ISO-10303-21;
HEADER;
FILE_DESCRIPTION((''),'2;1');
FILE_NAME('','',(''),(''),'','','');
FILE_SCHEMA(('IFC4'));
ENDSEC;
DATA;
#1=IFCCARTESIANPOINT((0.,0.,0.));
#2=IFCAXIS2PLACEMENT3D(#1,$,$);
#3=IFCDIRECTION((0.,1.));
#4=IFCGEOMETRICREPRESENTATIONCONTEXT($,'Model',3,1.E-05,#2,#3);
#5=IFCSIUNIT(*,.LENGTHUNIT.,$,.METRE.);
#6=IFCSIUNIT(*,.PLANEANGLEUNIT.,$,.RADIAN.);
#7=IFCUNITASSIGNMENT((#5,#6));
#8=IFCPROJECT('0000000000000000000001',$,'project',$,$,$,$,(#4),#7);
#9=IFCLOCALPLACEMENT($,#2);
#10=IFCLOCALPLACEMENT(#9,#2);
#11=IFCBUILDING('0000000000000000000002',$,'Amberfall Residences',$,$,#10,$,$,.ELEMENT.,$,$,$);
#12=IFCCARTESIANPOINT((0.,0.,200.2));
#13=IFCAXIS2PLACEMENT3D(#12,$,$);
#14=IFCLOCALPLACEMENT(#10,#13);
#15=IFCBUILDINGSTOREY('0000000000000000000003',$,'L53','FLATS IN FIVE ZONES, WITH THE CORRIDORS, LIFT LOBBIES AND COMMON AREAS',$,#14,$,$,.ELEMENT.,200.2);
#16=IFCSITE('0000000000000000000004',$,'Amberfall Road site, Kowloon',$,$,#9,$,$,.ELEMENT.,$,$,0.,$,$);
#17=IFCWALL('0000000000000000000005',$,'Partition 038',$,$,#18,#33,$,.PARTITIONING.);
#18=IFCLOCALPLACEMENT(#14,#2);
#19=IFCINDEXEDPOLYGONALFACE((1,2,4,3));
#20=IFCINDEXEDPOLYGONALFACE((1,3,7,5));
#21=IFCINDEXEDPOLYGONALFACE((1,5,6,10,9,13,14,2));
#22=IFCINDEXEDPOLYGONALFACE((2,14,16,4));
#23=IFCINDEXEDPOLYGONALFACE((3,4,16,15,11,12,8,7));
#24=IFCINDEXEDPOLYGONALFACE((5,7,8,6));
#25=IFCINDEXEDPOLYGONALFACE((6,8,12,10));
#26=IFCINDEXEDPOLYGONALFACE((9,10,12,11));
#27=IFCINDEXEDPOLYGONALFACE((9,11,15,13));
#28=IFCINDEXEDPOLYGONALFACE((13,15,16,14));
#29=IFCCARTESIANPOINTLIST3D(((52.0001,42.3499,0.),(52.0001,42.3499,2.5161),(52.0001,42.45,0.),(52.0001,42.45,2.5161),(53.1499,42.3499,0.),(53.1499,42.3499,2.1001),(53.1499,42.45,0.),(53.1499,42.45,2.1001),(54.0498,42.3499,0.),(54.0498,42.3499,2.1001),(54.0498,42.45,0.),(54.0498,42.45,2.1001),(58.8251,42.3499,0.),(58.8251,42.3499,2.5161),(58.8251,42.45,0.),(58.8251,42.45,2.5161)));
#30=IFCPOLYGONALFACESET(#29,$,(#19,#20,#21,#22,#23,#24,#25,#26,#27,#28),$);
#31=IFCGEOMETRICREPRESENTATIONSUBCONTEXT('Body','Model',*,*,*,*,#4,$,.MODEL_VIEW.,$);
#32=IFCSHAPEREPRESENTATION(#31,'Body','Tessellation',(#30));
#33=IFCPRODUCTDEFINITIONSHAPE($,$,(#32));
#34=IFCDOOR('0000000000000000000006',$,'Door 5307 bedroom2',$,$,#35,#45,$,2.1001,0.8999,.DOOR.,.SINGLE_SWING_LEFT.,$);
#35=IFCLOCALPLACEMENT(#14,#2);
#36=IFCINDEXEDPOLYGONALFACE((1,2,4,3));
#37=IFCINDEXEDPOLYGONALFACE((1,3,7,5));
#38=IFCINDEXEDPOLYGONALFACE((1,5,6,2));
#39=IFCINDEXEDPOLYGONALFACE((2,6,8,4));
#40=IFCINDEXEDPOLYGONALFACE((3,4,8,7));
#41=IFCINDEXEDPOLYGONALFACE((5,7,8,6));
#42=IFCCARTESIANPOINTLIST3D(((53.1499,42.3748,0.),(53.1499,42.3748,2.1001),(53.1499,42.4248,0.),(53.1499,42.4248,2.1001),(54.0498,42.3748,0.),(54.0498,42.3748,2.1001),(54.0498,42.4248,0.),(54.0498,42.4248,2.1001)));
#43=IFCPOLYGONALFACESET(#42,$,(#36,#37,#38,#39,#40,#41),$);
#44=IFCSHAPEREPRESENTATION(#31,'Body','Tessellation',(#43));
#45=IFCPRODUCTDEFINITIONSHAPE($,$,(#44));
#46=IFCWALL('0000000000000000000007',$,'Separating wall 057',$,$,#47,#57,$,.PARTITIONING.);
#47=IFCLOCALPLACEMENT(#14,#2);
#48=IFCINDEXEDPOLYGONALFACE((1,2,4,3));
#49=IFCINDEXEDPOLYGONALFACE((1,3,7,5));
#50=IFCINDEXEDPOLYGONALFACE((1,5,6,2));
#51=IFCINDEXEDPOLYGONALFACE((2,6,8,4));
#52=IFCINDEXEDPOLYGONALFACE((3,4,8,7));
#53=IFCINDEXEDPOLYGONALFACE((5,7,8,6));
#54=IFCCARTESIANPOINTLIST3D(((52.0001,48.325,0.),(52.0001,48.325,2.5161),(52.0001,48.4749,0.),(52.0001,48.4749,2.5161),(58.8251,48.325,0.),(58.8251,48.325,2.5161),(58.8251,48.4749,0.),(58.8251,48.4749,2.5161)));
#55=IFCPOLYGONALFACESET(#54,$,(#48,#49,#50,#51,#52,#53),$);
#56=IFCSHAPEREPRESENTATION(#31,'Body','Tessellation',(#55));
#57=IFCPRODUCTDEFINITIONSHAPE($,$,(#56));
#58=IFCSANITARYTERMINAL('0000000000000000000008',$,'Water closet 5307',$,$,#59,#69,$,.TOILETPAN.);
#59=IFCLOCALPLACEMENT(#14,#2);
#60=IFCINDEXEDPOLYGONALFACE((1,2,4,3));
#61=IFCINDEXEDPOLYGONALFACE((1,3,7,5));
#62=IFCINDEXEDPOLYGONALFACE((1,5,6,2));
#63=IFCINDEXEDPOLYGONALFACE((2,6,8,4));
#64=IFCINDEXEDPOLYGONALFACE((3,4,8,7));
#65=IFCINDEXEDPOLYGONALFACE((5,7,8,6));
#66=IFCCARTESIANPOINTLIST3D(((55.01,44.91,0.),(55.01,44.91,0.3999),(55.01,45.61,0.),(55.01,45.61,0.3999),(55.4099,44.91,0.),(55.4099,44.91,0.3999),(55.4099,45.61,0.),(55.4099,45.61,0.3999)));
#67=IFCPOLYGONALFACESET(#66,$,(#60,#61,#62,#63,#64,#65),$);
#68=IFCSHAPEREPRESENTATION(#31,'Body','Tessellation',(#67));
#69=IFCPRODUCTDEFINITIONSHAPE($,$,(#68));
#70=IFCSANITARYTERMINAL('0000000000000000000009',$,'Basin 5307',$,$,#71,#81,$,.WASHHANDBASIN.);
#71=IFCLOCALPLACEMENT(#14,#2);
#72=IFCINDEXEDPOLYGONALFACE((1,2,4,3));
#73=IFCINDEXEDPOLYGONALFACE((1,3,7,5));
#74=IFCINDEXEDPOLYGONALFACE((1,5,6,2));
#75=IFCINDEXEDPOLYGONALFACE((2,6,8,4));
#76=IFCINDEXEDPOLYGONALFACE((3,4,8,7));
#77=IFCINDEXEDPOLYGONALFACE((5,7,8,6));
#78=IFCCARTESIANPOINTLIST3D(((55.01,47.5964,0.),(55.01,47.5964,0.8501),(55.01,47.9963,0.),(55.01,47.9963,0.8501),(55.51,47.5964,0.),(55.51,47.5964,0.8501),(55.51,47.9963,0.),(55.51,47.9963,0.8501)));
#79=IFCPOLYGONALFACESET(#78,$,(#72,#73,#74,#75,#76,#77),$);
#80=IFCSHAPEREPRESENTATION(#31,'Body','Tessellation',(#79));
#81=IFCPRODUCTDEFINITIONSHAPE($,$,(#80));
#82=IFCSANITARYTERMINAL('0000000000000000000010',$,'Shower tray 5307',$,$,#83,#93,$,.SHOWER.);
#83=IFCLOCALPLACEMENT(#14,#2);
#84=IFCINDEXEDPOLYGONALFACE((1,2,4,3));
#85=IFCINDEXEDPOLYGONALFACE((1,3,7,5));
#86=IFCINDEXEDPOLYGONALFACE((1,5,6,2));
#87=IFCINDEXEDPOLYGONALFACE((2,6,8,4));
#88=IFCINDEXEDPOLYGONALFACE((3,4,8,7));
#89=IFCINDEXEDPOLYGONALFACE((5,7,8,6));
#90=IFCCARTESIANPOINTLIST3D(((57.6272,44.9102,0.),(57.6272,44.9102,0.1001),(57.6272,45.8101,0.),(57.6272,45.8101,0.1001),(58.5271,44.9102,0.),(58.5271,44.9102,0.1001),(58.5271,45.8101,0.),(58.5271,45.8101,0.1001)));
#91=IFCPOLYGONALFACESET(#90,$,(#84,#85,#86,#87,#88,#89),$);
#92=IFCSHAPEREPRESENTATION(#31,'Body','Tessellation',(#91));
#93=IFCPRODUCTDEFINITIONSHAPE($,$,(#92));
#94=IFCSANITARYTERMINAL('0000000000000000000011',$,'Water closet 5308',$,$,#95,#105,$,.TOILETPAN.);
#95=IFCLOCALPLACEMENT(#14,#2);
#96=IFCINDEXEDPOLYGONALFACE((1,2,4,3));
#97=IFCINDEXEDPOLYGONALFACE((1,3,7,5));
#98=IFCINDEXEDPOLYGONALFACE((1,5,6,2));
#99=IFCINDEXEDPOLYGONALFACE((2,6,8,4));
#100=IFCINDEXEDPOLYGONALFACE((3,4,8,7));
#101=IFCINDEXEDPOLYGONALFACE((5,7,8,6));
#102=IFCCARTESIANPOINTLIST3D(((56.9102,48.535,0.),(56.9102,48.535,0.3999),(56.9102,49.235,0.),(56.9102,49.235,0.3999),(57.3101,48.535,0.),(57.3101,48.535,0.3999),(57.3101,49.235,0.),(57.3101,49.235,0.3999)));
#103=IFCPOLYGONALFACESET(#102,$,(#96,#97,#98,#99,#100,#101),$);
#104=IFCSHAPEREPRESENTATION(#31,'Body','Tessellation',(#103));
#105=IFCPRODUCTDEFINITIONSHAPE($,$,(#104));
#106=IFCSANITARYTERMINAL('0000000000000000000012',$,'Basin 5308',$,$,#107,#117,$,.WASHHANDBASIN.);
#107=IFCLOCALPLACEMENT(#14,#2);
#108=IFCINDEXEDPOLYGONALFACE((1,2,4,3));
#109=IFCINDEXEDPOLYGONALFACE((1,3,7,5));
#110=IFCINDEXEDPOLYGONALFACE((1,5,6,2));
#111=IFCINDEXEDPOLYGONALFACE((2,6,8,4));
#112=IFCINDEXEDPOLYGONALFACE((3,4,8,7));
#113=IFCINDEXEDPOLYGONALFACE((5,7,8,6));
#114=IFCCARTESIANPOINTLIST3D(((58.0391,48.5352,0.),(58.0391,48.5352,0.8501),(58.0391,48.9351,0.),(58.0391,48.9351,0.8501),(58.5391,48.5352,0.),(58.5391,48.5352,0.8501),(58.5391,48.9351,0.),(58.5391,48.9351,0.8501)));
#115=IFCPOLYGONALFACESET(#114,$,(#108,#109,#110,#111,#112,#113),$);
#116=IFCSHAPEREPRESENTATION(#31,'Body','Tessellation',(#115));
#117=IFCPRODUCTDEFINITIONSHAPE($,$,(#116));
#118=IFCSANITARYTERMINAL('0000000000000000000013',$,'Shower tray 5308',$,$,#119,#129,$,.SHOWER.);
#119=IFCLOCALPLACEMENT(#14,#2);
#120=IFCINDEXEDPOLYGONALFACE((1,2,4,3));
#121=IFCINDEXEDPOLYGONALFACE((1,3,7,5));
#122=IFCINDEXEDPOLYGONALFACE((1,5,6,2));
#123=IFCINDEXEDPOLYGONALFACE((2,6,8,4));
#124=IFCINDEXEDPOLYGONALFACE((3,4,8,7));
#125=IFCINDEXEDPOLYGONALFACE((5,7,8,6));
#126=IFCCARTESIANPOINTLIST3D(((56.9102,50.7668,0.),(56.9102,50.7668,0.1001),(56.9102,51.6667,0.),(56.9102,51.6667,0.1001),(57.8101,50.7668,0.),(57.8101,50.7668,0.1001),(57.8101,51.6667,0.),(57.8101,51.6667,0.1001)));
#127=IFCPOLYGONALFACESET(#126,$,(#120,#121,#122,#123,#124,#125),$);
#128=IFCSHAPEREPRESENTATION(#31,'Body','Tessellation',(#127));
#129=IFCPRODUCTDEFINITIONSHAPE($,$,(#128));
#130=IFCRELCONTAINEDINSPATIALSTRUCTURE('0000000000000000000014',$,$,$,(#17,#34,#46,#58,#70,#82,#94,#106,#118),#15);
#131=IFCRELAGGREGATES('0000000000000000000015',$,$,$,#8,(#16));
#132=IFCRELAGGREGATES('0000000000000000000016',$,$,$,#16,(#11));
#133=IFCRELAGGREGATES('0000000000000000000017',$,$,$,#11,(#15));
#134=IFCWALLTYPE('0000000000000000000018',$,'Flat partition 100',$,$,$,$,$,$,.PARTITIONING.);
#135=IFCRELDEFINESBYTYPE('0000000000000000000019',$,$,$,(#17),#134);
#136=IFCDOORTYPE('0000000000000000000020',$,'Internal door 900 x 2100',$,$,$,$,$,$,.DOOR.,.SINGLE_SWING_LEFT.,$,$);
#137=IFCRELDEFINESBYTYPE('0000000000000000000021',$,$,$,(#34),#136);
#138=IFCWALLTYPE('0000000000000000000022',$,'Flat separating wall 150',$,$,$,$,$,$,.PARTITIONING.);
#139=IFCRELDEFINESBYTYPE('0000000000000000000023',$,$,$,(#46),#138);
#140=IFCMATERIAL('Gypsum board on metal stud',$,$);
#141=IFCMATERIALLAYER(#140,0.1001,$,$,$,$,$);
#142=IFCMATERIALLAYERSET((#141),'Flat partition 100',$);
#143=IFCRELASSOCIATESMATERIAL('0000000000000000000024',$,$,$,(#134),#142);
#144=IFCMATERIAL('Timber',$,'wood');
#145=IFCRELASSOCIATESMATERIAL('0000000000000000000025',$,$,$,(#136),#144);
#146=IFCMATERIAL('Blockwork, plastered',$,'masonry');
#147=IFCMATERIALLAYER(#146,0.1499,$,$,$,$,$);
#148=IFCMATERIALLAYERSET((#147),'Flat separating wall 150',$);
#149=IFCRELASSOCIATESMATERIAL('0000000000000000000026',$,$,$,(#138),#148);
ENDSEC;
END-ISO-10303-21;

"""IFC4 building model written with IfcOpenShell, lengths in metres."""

from ifc_helpers import new_model, si_unit, direction, frame, frame_2d, origin, origin_2d, place, context, subcontext, project, spatial, rectangle, extrude, material, layer, layer_set, type_object, element, fill, save


model = new_model("IFC4")

# Units and contexts
model_context = context("Model", 3, precision=1e-05, world=origin(), true_north=direction((0.0, 1.0)))
body_context = subcontext(model_context, "Body", "Model", "MODEL_VIEW")
ifc_project = project(units=[si_unit("LENGTHUNIT", "METRE"), si_unit("PLANEANGLEUNIT", "RADIAN")], contexts=[model_context])

# Site, building, storey
site_placement = place(None, origin())
site = spatial("IfcSite", under=ifc_project, at=site_placement, Name="Amberfall Road site, Kowloon", CompositionType="ELEMENT", RefElevation=0.0)
building_placement = place(site_placement, origin())
building = spatial("IfcBuilding", under=site, at=building_placement, Name="Amberfall Residences", CompositionType="ELEMENT")
storey_placement = place(building_placement, frame((0.0, 0.0, 200.2)))
storey = spatial("IfcBuildingStorey", under=building, at=storey_placement, Name="L53", Description="FLATS IN FIVE ZONES, WITH THE CORRIDORS, LIFT LOBBIES AND COMMON AREAS", CompositionType="ELEMENT", Elevation=200.2)

# Shared definitions
ifc_material_1 = material(Name="Gypsum board on metal stud")
ifc_layer_1 = layer(ifc_material_1, 0.1001)
ifc_layer_set_1 = layer_set([ifc_layer_1], Name="Flat partition 100")
wall_type_1 = type_object("IfcWallType", Name="Flat partition 100", PredefinedType="PARTITIONING", material=ifc_layer_set_1)

# Wall, opening, door
ifc_material_2 = material(Name="Timber", Category="wood")
wall_1_placement = place(storey_placement, frame((52.0, 42.3999, 0.0), z_axis=(0.0, 0.0, 1.0), x_axis=(1.0, 0.0, 0.0)))
wall_1 = element("IfcWall", 1, at=wall_1_placement, inside=storey, type_object=wall_type_1, Name="Partition 038", PredefinedType="PARTITIONING", context=body_context, shape_type="SweptSolid", body=[
    extrude(rectangle(XDim=6.825, YDim=0.1001, at=frame_2d((3.4126, 0.0))), origin(), (0.0, 0.0, 1.0), 2.5161),
])
opening_1_placement = place(wall_1_placement, frame((1.1499, 0.0, 0.0)))
opening_1 = element("IfcOpeningElement", 2, at=opening_1_placement, cuts=wall_1, PredefinedType="OPENING", context=body_context, shape_type="SweptSolid", body=[
    extrude(rectangle(XDim=0.8999, YDim=2.1001, at=frame_2d((0.45, 1.05))), frame((0.0, 0.0601, 0.0), z_axis=(0.0, -1.0, 0.0), x_axis=(1.0, 0.0, 0.0)), (0.0, 0.0, 1.0), 0.1201),
])
door_type_1 = type_object("IfcDoorType", Name="Internal door 900 x 2100", OperationType="SINGLE_SWING_LEFT", PredefinedType="DOOR", material=ifc_material_2)
door_1_placement = place(opening_1_placement, origin())
door_1 = element("IfcDoor", 3, at=door_1_placement, inside=storey, type_object=door_type_1, Name="Door 5307 bedroom2", OperationType="SINGLE_SWING_LEFT", OverallHeight=2.1001, OverallWidth=0.8999, PredefinedType="DOOR", context=body_context, shape_type="SweptSolid", body=[
    extrude(rectangle(XDim=0.8999, YDim=2.1001, at=frame_2d((0.45, 1.05))), frame((0.0, 0.0249, 0.0), z_axis=(0.0, -1.0, 0.0), x_axis=(1.0, 0.0, 0.0)), (0.0, 0.0, 1.0), 0.05),
])
fill(opening_1, door_1)

# Wall
ifc_material_3 = material(Name="Blockwork, plastered", Category="masonry")
ifc_layer_2 = layer(ifc_material_3, 0.1499)
ifc_layer_set_2 = layer_set([ifc_layer_2], Name="Flat separating wall 150")
wall_type_2 = type_object("IfcWallType", Name="Flat separating wall 150", PredefinedType="PARTITIONING", material=ifc_layer_set_2)
wall_2_placement = place(storey_placement, frame((52.0, 48.3999, 0.0), z_axis=(0.0, 0.0, 1.0), x_axis=(1.0, 0.0, 0.0)))
element("IfcWall", 4, at=wall_2_placement, inside=storey, type_object=wall_type_2, Name="Separating wall 057", PredefinedType="PARTITIONING", context=body_context, shape_type="SweptSolid", body=[
    extrude(rectangle(XDim=6.825, YDim=0.1499, at=frame_2d((3.4126, 0.0))), origin(), (0.0, 0.0, 1.0), 2.5161),
])

# Sanitary terminals
sanitary_terminal_1_placement = place(storey_placement, frame((55.21, 45.26, 0.0), z_axis=(0.0, 0.0, 1.0), x_axis=(1.0, 0.0, 0.0)))
element("IfcSanitaryTerminal", 5, at=sanitary_terminal_1_placement, inside=storey, Name="Water closet 5307", PredefinedType="TOILETPAN", context=body_context, shape_type="SweptSolid", body=[
    extrude(rectangle(XDim=0.3999, YDim=0.7, at=origin_2d()), origin(), (0.0, 0.0, 1.0), 0.3999),
])
sanitary_terminal_2_placement = place(storey_placement, frame((55.26, 47.7964, 0.0), z_axis=(0.0, 0.0, 1.0), x_axis=(1.0, 0.0, 0.0)))
element("IfcSanitaryTerminal", 6, at=sanitary_terminal_2_placement, inside=storey, Name="Basin 5307", PredefinedType="WASHHANDBASIN", context=body_context, shape_type="SweptSolid", body=[
    extrude(rectangle(XDim=0.5, YDim=0.3999, at=origin_2d()), origin(), (0.0, 0.0, 1.0), 0.8501),
])
sanitary_terminal_3_placement = place(storey_placement, frame((58.0771, 45.3601, 0.0), z_axis=(0.0, 0.0, 1.0), x_axis=(1.0, 0.0, 0.0)))
element("IfcSanitaryTerminal", 7, at=sanitary_terminal_3_placement, inside=storey, Name="Shower tray 5307", PredefinedType="SHOWER", context=body_context, shape_type="SweptSolid", body=[
    extrude(rectangle(XDim=0.8999, YDim=0.8999, at=origin_2d()), origin(), (0.0, 0.0, 1.0), 0.1001),
])
sanitary_terminal_4_placement = place(storey_placement, frame((57.1101, 48.885, 0.0), z_axis=(0.0, 0.0, 1.0), x_axis=(1.0, 0.0, 0.0)))
element("IfcSanitaryTerminal", 8, at=sanitary_terminal_4_placement, inside=storey, Name="Water closet 5308", PredefinedType="TOILETPAN", context=body_context, shape_type="SweptSolid", body=[
    extrude(rectangle(XDim=0.3999, YDim=0.7, at=origin_2d()), origin(), (0.0, 0.0, 1.0), 0.3999),
])
sanitary_terminal_5_placement = place(storey_placement, frame((58.2891, 48.7351, 0.0), z_axis=(0.0, 0.0, 1.0), x_axis=(1.0, 0.0, 0.0)))
element("IfcSanitaryTerminal", 9, at=sanitary_terminal_5_placement, inside=storey, Name="Basin 5308", PredefinedType="WASHHANDBASIN", context=body_context, shape_type="SweptSolid", body=[
    extrude(rectangle(XDim=0.5, YDim=0.3999, at=origin_2d()), origin(), (0.0, 0.0, 1.0), 0.8501),
])
sanitary_terminal_6_placement = place(storey_placement, frame((57.3601, 51.2168, 0.0), z_axis=(0.0, 0.0, 1.0), x_axis=(1.0, 0.0, 0.0)))
element("IfcSanitaryTerminal", 10, at=sanitary_terminal_6_placement, inside=storey, Name="Shower tray 5308", PredefinedType="SHOWER", context=body_context, shape_type="SweptSolid", body=[
    extrude(rectangle(XDim=0.8999, YDim=0.8999, at=origin_2d()), origin(), (0.0, 0.0, 1.0), 0.1001),
])

save(model, "model.ifc")
